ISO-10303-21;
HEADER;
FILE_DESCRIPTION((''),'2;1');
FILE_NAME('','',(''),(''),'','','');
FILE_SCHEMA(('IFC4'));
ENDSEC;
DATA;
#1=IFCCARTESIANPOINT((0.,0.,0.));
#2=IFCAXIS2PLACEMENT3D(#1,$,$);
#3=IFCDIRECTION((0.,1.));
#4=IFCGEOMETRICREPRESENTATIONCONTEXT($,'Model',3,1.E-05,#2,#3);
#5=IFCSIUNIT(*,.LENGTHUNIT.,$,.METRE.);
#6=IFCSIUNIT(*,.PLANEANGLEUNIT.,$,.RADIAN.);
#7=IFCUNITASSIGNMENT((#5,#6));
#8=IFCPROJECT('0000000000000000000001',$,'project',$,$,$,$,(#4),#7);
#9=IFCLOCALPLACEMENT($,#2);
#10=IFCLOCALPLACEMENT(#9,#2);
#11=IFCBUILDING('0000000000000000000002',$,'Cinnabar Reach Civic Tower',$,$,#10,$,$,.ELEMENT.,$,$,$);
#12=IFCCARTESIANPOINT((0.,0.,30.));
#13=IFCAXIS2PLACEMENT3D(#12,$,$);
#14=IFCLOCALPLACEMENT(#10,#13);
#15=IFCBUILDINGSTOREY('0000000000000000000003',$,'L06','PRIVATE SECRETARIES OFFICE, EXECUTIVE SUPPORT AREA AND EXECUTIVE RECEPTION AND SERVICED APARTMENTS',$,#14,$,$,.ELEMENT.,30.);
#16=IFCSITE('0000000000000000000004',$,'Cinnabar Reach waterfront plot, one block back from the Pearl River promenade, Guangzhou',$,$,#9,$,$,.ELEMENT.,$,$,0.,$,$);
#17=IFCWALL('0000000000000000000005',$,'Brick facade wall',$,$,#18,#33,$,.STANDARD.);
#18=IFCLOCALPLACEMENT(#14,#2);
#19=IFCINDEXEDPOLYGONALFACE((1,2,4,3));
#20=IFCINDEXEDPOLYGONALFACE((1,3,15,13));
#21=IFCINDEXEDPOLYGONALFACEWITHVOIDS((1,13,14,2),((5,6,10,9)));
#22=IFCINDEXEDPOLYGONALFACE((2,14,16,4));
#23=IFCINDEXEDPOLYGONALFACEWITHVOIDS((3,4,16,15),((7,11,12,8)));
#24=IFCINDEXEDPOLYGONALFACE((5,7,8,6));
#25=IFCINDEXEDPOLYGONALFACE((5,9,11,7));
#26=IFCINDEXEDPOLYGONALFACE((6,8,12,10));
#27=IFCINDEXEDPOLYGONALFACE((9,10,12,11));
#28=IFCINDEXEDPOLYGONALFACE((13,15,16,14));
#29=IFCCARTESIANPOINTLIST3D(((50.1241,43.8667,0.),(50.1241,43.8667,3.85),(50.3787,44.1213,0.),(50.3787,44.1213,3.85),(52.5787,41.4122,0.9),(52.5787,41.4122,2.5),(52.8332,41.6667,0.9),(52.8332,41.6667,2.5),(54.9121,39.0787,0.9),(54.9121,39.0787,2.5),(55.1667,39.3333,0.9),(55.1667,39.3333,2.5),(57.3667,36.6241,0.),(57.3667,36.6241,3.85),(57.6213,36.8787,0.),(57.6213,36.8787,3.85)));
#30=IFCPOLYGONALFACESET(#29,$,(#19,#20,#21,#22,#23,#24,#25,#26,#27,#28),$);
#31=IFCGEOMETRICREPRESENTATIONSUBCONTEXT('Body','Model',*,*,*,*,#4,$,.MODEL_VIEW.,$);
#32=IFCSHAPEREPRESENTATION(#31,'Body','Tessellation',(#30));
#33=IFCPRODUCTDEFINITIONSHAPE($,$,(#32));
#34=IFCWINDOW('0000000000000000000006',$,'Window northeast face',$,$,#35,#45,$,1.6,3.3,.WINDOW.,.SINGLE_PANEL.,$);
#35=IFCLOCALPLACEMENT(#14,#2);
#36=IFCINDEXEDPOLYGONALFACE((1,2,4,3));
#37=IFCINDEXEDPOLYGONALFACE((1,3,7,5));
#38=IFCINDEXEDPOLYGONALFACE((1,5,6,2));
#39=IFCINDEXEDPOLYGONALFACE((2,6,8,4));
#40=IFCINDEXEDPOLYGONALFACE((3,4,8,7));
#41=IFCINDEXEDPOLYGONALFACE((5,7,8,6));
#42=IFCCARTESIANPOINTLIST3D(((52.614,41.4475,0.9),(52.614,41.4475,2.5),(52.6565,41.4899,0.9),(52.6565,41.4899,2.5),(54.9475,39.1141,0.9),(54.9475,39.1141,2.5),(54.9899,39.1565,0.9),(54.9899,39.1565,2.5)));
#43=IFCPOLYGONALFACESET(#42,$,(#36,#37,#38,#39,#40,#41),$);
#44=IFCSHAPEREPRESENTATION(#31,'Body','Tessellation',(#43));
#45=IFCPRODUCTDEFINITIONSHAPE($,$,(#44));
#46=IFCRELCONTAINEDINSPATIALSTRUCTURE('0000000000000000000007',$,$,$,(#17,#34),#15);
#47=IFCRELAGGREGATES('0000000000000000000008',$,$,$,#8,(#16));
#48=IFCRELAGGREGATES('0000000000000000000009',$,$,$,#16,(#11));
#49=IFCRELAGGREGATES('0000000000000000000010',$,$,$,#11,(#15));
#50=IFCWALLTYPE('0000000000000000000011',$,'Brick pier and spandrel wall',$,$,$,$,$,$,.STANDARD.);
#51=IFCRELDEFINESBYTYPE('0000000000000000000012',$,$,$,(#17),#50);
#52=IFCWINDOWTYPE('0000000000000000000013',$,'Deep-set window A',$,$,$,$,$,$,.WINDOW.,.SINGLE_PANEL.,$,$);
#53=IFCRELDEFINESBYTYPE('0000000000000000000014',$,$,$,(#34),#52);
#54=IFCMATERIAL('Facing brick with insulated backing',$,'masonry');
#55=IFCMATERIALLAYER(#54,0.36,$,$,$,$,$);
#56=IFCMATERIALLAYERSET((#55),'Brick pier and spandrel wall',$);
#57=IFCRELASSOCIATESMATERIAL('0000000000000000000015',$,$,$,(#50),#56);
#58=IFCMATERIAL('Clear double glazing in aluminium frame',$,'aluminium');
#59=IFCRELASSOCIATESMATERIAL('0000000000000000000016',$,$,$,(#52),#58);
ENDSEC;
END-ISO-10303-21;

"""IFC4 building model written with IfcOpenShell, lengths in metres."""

from ifc_helpers import new_model, si_unit, direction, frame, frame_2d, origin, place, context, subcontext, project, spatial, rectangle, extrude, material, layer, layer_set, type_object, element, fill, save


model = new_model("IFC4")

# Units and contexts
model_context = context("Model", 3, precision=1e-05, world=origin(), true_north=direction((0.0, 1.0)))
body_context = subcontext(model_context, "Body", "Model", "MODEL_VIEW")
ifc_project = project(units=[si_unit("LENGTHUNIT", "METRE"), si_unit("PLANEANGLEUNIT", "RADIAN")], contexts=[model_context])

# Site, building, storey
site_placement = place(None, origin())
site = spatial("IfcSite", under=ifc_project, at=site_placement, Name="Cinnabar Reach waterfront plot, one block back from the Pearl River promenade, Guangzhou", CompositionType="ELEMENT", RefElevation=0.0)
building_placement = place(site_placement, origin())
building = spatial("IfcBuilding", under=site, at=building_placement, Name="Cinnabar Reach Civic Tower", CompositionType="ELEMENT")
storey_placement = place(building_placement, frame((0.0, 0.0, 30.0)))
storey = spatial("IfcBuildingStorey", under=building, at=storey_placement, Name="L06", Description="PRIVATE SECRETARIES OFFICE, EXECUTIVE SUPPORT AREA AND EXECUTIVE RECEPTION AND SERVICED APARTMENTS", CompositionType="ELEMENT", Elevation=30.0)

# Shared definitions
ifc_material_1 = material(Name="Facing brick with insulated backing", Category="masonry")

# Wall, opening, window
ifc_layer_1 = layer(ifc_material_1, 0.36)
ifc_layer_set_1 = layer_set([ifc_layer_1], Name="Brick pier and spandrel wall")
wall_type_1 = type_object("IfcWallType", Name="Brick pier and spandrel wall", PredefinedType="STANDARD", material=ifc_layer_set_1)
wall_1_placement = place(storey_placement, frame((57.494, 36.7514, 0.0), z_axis=(0.0, 0.0, 1.0), x_axis=(-0.707107, 0.707107, 0.0)))
wall_1 = element("IfcWall", 1, at=wall_1_placement, inside=storey, type_object=wall_type_1, Name="Brick facade wall", PredefinedType="STANDARD", context=body_context, shape_type="SweptSolid", body=[
    extrude(rectangle(XDim=10.2426, YDim=0.36, at=frame_2d((5.1213, 0.0))), origin(), (0.0, 0.0, 1.0), 3.85),
])
opening_placement = place(wall_1_placement, frame((3.4713, 0.0, 0.9)))
opening = element("IfcOpeningElement", 2, at=opening_placement, cuts=wall_1, PredefinedType="OPENING", context=body_context, shape_type="SweptSolid", body=[
    extrude(rectangle(XDim=3.3, YDim=1.6, at=frame_2d((1.65, 0.8))), frame((0.0, 0.19, 0.0), z_axis=(0.0, -1.0, 0.0), x_axis=(1.0, 0.0, 0.0)), (0.0, 0.0, 1.0), 0.38),
])
ifc_material_2 = material(Name="Clear double glazing in aluminium frame", Category="aluminium")
window_type = type_object("IfcWindowType", Name="Deep-set window A", PartitioningType="SINGLE_PANEL", PredefinedType="WINDOW", material=ifc_material_2)
window_placement = place(opening_placement, origin())
window = element("IfcWindow", 3, at=window_placement, inside=storey, type_object=window_type, Name="Window northeast face", OverallHeight=1.6, OverallWidth=3.3, PartitioningType="SINGLE_PANEL", PredefinedType="WINDOW", context=body_context, shape_type="SweptSolid", body=[
    extrude(rectangle(XDim=3.3, YDim=1.6, at=frame_2d((1.65, 0.8))), frame((0.0, 0.13, 0.0), z_axis=(0.0, -1.0, 0.0), x_axis=(1.0, 0.0, 0.0)), (0.0, 0.0, 1.0), 0.06),
])
fill(opening, window)

save(model, "model.ifc")
